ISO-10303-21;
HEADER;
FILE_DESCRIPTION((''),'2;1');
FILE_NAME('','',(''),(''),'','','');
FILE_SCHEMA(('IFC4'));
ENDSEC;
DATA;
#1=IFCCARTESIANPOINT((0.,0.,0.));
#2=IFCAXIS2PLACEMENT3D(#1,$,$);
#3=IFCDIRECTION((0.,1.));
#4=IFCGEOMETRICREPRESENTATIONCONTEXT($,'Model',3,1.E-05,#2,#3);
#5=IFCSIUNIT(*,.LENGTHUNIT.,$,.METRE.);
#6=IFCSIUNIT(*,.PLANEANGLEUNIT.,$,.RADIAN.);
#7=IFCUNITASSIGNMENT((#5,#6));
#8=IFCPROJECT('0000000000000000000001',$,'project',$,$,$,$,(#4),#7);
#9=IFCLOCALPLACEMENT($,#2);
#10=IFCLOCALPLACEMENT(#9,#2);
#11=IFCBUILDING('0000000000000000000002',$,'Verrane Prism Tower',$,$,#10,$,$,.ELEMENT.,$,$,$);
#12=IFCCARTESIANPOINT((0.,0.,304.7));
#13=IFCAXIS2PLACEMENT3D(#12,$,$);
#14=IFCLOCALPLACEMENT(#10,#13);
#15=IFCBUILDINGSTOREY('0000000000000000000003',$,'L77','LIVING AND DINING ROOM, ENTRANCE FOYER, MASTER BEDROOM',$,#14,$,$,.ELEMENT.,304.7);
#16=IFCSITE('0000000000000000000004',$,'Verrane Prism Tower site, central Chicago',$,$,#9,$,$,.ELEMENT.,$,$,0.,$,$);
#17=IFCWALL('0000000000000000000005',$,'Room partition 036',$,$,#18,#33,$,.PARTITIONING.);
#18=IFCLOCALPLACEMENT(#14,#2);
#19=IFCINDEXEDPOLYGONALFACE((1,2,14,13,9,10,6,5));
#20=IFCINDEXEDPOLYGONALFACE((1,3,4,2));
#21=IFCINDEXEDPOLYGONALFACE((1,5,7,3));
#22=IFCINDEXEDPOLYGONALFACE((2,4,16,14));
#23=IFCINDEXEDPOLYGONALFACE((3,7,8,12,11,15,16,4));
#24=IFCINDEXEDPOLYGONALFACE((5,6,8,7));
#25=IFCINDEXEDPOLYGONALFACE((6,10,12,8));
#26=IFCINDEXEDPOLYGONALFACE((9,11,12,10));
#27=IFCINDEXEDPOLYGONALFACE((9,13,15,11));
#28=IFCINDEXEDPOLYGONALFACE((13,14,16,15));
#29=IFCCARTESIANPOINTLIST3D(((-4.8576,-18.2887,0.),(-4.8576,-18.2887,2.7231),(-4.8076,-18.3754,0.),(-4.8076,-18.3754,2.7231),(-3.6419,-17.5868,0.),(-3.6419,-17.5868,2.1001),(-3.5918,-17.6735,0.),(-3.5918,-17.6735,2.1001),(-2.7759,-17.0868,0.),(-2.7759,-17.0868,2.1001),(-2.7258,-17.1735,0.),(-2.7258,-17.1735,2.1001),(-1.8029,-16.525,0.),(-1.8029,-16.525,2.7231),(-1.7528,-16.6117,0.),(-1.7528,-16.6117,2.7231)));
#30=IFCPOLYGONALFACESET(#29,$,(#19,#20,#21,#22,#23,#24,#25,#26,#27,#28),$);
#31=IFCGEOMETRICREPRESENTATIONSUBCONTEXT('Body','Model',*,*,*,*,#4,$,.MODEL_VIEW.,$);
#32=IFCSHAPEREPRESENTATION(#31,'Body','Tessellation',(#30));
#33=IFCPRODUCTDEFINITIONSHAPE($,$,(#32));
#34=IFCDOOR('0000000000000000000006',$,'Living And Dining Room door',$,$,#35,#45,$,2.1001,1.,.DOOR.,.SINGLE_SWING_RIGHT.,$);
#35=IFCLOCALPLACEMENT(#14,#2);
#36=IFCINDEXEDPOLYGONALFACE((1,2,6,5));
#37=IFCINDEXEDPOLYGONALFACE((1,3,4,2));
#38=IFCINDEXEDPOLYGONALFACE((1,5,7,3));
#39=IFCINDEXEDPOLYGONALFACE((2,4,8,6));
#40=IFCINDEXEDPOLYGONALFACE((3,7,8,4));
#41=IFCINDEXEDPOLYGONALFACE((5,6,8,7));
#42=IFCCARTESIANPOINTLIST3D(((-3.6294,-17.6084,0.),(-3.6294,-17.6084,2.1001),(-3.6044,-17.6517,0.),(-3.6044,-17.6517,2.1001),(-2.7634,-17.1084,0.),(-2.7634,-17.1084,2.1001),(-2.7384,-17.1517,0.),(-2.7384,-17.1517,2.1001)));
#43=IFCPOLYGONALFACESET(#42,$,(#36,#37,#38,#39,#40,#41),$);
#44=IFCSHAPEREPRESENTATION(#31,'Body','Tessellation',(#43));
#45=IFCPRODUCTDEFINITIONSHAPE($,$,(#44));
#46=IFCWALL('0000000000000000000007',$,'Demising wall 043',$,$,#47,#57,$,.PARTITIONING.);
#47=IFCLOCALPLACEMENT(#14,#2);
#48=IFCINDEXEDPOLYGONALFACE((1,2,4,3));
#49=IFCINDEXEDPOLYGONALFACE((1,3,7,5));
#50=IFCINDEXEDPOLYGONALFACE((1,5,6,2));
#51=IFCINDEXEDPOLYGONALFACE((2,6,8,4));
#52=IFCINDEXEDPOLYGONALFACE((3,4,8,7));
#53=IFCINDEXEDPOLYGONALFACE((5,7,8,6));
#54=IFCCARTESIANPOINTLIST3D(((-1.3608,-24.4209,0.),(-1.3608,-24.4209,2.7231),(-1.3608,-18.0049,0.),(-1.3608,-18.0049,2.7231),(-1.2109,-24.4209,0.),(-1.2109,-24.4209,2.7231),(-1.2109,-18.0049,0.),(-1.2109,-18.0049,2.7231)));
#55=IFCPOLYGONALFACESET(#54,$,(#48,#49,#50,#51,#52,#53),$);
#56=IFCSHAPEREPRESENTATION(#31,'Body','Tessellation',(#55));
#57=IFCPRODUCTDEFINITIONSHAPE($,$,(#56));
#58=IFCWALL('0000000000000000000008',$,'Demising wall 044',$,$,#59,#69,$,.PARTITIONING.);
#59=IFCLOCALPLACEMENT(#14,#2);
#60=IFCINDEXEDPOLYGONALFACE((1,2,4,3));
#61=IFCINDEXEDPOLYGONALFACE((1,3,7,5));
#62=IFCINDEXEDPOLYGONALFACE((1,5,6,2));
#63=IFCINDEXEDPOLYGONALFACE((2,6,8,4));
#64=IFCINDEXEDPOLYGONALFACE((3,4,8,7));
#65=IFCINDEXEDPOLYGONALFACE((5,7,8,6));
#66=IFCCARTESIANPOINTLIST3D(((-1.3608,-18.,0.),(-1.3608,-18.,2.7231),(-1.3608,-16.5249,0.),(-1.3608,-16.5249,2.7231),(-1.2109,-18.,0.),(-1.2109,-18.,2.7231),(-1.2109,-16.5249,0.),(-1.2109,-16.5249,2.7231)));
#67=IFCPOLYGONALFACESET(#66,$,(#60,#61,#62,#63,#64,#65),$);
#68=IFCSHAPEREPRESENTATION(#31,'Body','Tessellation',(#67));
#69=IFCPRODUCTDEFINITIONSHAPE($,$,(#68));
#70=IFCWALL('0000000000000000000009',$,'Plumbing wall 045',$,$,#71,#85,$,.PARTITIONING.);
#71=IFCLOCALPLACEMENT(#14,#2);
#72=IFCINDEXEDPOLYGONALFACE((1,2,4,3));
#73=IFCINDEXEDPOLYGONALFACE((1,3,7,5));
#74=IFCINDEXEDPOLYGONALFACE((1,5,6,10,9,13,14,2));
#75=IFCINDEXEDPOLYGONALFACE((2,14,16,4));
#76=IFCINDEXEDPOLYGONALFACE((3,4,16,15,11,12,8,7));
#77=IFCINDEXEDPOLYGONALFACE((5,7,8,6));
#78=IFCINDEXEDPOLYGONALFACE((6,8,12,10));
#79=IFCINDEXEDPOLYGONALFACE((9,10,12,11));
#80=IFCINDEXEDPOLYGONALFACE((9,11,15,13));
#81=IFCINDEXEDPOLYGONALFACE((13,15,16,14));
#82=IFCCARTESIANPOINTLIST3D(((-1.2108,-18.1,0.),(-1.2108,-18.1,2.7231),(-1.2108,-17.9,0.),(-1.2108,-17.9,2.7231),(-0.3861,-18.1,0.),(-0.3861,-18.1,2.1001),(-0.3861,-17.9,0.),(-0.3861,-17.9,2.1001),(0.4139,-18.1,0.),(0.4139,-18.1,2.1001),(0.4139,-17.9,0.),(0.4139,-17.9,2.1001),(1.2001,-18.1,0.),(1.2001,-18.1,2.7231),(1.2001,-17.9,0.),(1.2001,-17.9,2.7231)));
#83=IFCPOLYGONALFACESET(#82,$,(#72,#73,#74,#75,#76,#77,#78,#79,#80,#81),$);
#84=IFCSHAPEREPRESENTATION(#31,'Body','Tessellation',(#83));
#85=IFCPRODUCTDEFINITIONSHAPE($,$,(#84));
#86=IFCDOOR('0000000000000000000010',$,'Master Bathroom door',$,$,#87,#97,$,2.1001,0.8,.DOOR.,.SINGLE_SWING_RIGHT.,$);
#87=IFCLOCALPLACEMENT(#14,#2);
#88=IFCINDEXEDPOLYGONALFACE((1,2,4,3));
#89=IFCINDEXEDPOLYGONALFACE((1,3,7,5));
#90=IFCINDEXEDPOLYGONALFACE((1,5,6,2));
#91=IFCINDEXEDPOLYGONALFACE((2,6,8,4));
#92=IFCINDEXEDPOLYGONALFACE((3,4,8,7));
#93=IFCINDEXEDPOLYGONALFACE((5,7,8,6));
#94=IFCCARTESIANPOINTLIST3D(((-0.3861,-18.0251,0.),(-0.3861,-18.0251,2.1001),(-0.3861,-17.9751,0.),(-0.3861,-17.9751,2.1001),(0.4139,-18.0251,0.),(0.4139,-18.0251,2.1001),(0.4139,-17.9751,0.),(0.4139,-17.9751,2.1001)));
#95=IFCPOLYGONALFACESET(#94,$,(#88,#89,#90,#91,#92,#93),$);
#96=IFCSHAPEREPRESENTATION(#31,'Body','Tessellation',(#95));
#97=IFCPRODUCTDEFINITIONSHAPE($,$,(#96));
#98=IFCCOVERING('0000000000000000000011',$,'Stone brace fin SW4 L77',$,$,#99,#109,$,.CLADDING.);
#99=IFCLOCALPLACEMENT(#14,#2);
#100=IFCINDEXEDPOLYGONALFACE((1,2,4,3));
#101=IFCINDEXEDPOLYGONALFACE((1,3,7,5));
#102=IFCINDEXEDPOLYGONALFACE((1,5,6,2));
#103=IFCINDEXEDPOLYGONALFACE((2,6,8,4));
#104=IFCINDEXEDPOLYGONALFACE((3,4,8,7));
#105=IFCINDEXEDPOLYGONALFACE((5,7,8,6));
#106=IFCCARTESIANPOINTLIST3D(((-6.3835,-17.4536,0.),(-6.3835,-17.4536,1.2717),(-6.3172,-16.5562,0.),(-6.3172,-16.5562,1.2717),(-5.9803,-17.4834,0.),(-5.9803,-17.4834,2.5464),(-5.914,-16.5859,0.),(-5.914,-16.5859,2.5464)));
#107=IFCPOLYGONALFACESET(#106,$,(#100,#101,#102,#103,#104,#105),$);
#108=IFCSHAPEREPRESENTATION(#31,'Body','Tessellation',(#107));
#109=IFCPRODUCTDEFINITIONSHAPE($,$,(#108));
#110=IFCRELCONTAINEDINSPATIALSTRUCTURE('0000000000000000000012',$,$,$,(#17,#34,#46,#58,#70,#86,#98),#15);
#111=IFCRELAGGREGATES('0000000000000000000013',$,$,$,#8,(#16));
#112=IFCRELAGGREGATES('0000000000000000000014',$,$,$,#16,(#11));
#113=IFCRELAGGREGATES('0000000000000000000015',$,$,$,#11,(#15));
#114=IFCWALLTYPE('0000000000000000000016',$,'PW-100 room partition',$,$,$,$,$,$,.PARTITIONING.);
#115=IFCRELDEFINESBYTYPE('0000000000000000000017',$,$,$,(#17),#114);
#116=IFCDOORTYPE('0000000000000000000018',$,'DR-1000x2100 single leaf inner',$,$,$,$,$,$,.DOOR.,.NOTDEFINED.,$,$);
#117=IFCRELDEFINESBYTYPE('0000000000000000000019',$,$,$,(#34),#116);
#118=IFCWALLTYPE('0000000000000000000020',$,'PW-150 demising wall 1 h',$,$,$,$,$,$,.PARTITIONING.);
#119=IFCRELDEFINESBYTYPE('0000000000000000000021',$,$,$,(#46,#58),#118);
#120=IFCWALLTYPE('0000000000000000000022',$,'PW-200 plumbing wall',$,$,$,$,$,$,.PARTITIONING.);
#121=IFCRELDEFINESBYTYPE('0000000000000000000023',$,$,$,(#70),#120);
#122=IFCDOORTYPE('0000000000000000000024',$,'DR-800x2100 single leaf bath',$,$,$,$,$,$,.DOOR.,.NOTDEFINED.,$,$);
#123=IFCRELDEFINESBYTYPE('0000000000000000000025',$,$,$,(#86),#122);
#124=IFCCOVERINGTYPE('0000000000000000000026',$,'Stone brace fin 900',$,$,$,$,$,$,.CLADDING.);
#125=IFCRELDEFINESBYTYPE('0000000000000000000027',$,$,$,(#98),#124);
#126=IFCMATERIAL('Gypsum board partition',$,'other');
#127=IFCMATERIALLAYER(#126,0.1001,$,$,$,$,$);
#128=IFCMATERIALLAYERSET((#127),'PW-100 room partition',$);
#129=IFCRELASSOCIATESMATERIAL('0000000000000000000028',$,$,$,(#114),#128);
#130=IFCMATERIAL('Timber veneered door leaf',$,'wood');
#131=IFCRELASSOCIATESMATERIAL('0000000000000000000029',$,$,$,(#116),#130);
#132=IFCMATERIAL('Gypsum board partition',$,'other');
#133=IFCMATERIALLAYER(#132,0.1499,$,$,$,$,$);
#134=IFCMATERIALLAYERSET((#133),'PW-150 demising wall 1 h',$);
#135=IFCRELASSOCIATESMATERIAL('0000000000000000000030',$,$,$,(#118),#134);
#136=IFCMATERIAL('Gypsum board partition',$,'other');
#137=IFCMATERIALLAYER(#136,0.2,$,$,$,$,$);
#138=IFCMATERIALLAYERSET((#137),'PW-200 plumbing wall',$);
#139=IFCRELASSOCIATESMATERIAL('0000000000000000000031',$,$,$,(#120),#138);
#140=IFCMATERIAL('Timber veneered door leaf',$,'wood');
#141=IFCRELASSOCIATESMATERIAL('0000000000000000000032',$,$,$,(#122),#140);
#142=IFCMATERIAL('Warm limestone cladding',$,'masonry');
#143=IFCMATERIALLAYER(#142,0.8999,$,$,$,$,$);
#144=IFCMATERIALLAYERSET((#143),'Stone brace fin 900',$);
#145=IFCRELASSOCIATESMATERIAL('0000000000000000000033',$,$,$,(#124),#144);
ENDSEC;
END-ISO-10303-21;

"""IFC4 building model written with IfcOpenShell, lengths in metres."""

from ifc_helpers import new_model, si_unit, direction, frame, frame_2d, origin, place, context, subcontext, project, spatial, polyline, rectangle, outline, extrude, material, layer, layer_set, type_object, element, fill, save


model = new_model("IFC4")

# Units and contexts
model_context = context("Model", 3, precision=1e-05, world=origin(), true_north=direction((0.0, 1.0)))
body_context = subcontext(model_context, "Body", "Model", "MODEL_VIEW")
ifc_project = project(units=[si_unit("LENGTHUNIT", "METRE"), si_unit("PLANEANGLEUNIT", "RADIAN")], contexts=[model_context])

# Site, building, storey
site_placement = place(None, origin())
site = spatial("IfcSite", under=ifc_project, at=site_placement, Name="Verrane Prism Tower site, central Chicago", CompositionType="ELEMENT", RefElevation=0.0)
building_placement = place(site_placement, origin())
building = spatial("IfcBuilding", under=site, at=building_placement, Name="Verrane Prism Tower", CompositionType="ELEMENT")
storey_placement = place(building_placement, frame((0.0, 0.0, 304.7)))
storey = spatial("IfcBuildingStorey", under=building, at=storey_placement, Name="L77", Description="LIVING AND DINING ROOM, ENTRANCE FOYER, MASTER BEDROOM", CompositionType="ELEMENT", Elevation=304.7)

# Wall, opening, door
ifc_material_1 = material(Name="Gypsum board partition", Category="other")
ifc_layer_1 = layer(ifc_material_1, 0.1001)
ifc_layer_set_1 = layer_set([ifc_layer_1], Name="PW-100 room partition")
wall_type_1 = type_object("IfcWallType", Name="PW-100 room partition", PredefinedType="PARTITIONING", material=ifc_layer_set_1)
wall_1_placement = place(storey_placement, frame((-1.7778, -16.5684, 0.0), z_axis=(0.0, 0.0, 1.0), x_axis=(-0.86602, -0.50001, 0.0)))
wall_1 = element("IfcWall", 1, at=wall_1_placement, inside=storey, type_object=wall_type_1, Name="Room partition 036", PredefinedType="PARTITIONING", context=body_context, shape_type="SweptSolid", body=[
    extrude(rectangle(XDim=3.5273, YDim=0.1001, at=frame_2d((1.7637, 0.0))), origin(), (0.0, 0.0, 1.0), 2.7231),
])
opening_1_placement = place(wall_1_placement, frame((1.1235, 0.0, 0.0)))
opening_1 = element("IfcOpeningElement", 2, at=opening_1_placement, cuts=wall_1, PredefinedType="OPENING", context=body_context, shape_type="SweptSolid", body=[
    extrude(rectangle(XDim=1.0, YDim=2.1001, at=frame_2d((0.5, 1.05))), frame((0.0, 0.0601, 0.0), z_axis=(0.0, -1.0, 0.0), x_axis=(1.0, 0.0, 0.0)), (0.0, 0.0, 1.0), 0.1201),
])
ifc_material_2 = material(Name="Timber veneered door leaf", Category="wood")
door_type_1 = type_object("IfcDoorType", Name="DR-1000x2100 single leaf inner", OperationType="NOTDEFINED", PredefinedType="DOOR", material=ifc_material_2)
door_1_placement = place(opening_1_placement, origin())
door_1 = element("IfcDoor", 3, at=door_1_placement, inside=storey, type_object=door_type_1, Name="Living And Dining Room door", OperationType="SINGLE_SWING_RIGHT", OverallHeight=2.1001, OverallWidth=1.0, PredefinedType="DOOR", context=body_context, shape_type="SweptSolid", body=[
    extrude(rectangle(XDim=1.0, YDim=2.1001, at=frame_2d((0.5, 1.05))), frame((0.0, 0.0249, 0.0), z_axis=(0.0, -1.0, 0.0), x_axis=(1.0, 0.0, 0.0)), (0.0, 0.0, 1.0), 0.05),
])
fill(opening_1, door_1)

# Walls
ifc_material_3 = material(Name="Gypsum board partition", Category="other")
ifc_layer_2 = layer(ifc_material_3, 0.1499)
ifc_layer_set_2 = layer_set([ifc_layer_2], Name="PW-150 demising wall 1 h")
wall_type_2 = type_object("IfcWallType", Name="PW-150 demising wall 1 h", PredefinedType="PARTITIONING", material=ifc_layer_set_2)
wall_2_placement = place(storey_placement, frame((-1.2859, -24.4209, 0.0), z_axis=(0.0, 0.0, 1.0), x_axis=(0.0, 1.0, 0.0)))
element("IfcWall", 4, at=wall_2_placement, inside=storey, type_object=wall_type_2, Name="Demising wall 043", PredefinedType="PARTITIONING", context=body_context, shape_type="SweptSolid", body=[
    extrude(rectangle(XDim=6.416, YDim=0.1499, at=frame_2d((3.208, 0.0))), origin(), (0.0, 0.0, 1.0), 2.7231),
])
wall_3_placement = place(storey_placement, frame((-1.2859, -18.0, 0.0), z_axis=(0.0, 0.0, 1.0), x_axis=(0.0, 1.0, 0.0)))
element("IfcWall", 5, at=wall_3_placement, inside=storey, type_object=wall_type_2, Name="Demising wall 044", PredefinedType="PARTITIONING", context=body_context, shape_type="SweptSolid", body=[
    extrude(rectangle(XDim=1.4751, YDim=0.1499, at=frame_2d((0.7375, 0.0))), origin(), (0.0, 0.0, 1.0), 2.7231),
])

# Wall, opening, door
ifc_material_4 = material(Name="Gypsum board partition", Category="other")
ifc_layer_3 = layer(ifc_material_4, 0.2)
ifc_layer_set_3 = layer_set([ifc_layer_3], Name="PW-200 plumbing wall")
wall_type_3 = type_object("IfcWallType", Name="PW-200 plumbing wall", PredefinedType="PARTITIONING", material=ifc_layer_set_3)
wall_4_placement = place(storey_placement, frame((-1.2109, -18.0, 0.0), z_axis=(0.0, 0.0, 1.0), x_axis=(1.0, 0.0, 0.0)))
wall_4 = element("IfcWall", 6, at=wall_4_placement, inside=storey, type_object=wall_type_3, Name="Plumbing wall 045", PredefinedType="PARTITIONING", context=body_context, shape_type="SweptSolid", body=[
    extrude(rectangle(XDim=2.4109, YDim=0.2, at=frame_2d((1.2056, 0.0))), origin(), (0.0, 0.0, 1.0), 2.7231),
])
opening_2_placement = place(wall_4_placement, frame((0.825, 0.0, 0.0)))
opening_2 = element("IfcOpeningElement", 7, at=opening_2_placement, cuts=wall_4, PredefinedType="OPENING", context=body_context, shape_type="SweptSolid", body=[
    extrude(rectangle(XDim=0.8, YDim=2.1001, at=frame_2d((0.3999, 1.05))), frame((0.0, 0.1099, 0.0), z_axis=(0.0, -1.0, 0.0), x_axis=(1.0, 0.0, 0.0)), (0.0, 0.0, 1.0), 0.22),
])
ifc_material_5 = material(Name="Timber veneered door leaf", Category="wood")
door_type_2 = type_object("IfcDoorType", Name="DR-800x2100 single leaf bath", OperationType="NOTDEFINED", PredefinedType="DOOR", material=ifc_material_5)
door_2_placement = place(opening_2_placement, origin())
door_2 = element("IfcDoor", 8, at=door_2_placement, inside=storey, type_object=door_type_2, Name="Master Bathroom door", OperationType="SINGLE_SWING_RIGHT", OverallHeight=2.1001, OverallWidth=0.8, PredefinedType="DOOR", context=body_context, shape_type="SweptSolid", body=[
    extrude(rectangle(XDim=0.8, YDim=2.1001, at=frame_2d((0.3999, 1.05))), frame((0.0, 0.0249, 0.0), z_axis=(0.0, -1.0, 0.0), x_axis=(1.0, 0.0, 0.0)), (0.0, 0.0, 1.0), 0.05),
])
fill(opening_2, door_2)

# Covering
ifc_material_6 = material(Name="Warm limestone cladding", Category="masonry")
ifc_layer_4 = layer(ifc_material_6, 0.8999)
ifc_layer_set_4 = layer_set([ifc_layer_4], Name="Stone brace fin 900")
covering_type = type_object("IfcCoveringType", Name="Stone brace fin 900", PredefinedType="CLADDING", material=ifc_layer_set_4)
covering_placement = place(storey_placement, frame((-6.3503, -17.0049, 0.0), z_axis=(0.0, 0.0, 1.0), x_axis=(0.997281, -0.073694, 0.0)))
element("IfcCovering", 9, at=covering_placement, inside=storey, type_object=covering_type, Name="Stone brace fin SW4 L77", PredefinedType="CLADDING", context=body_context, shape_type="SweptSolid", body=[
    extrude(outline(polyline([(0.0, 0.0), (0.4043, 0.0), (0.4043, 2.5464), (0.0, 1.2717), (0.0, 0.0)])), frame((0.0, 0.45, 0.0), z_axis=(0.0, -1.0, 0.0), x_axis=(1.0, 0.0, 0.0)), (0.0, 0.0, 1.0), 0.8999),
])

save(model, "model.ifc")
